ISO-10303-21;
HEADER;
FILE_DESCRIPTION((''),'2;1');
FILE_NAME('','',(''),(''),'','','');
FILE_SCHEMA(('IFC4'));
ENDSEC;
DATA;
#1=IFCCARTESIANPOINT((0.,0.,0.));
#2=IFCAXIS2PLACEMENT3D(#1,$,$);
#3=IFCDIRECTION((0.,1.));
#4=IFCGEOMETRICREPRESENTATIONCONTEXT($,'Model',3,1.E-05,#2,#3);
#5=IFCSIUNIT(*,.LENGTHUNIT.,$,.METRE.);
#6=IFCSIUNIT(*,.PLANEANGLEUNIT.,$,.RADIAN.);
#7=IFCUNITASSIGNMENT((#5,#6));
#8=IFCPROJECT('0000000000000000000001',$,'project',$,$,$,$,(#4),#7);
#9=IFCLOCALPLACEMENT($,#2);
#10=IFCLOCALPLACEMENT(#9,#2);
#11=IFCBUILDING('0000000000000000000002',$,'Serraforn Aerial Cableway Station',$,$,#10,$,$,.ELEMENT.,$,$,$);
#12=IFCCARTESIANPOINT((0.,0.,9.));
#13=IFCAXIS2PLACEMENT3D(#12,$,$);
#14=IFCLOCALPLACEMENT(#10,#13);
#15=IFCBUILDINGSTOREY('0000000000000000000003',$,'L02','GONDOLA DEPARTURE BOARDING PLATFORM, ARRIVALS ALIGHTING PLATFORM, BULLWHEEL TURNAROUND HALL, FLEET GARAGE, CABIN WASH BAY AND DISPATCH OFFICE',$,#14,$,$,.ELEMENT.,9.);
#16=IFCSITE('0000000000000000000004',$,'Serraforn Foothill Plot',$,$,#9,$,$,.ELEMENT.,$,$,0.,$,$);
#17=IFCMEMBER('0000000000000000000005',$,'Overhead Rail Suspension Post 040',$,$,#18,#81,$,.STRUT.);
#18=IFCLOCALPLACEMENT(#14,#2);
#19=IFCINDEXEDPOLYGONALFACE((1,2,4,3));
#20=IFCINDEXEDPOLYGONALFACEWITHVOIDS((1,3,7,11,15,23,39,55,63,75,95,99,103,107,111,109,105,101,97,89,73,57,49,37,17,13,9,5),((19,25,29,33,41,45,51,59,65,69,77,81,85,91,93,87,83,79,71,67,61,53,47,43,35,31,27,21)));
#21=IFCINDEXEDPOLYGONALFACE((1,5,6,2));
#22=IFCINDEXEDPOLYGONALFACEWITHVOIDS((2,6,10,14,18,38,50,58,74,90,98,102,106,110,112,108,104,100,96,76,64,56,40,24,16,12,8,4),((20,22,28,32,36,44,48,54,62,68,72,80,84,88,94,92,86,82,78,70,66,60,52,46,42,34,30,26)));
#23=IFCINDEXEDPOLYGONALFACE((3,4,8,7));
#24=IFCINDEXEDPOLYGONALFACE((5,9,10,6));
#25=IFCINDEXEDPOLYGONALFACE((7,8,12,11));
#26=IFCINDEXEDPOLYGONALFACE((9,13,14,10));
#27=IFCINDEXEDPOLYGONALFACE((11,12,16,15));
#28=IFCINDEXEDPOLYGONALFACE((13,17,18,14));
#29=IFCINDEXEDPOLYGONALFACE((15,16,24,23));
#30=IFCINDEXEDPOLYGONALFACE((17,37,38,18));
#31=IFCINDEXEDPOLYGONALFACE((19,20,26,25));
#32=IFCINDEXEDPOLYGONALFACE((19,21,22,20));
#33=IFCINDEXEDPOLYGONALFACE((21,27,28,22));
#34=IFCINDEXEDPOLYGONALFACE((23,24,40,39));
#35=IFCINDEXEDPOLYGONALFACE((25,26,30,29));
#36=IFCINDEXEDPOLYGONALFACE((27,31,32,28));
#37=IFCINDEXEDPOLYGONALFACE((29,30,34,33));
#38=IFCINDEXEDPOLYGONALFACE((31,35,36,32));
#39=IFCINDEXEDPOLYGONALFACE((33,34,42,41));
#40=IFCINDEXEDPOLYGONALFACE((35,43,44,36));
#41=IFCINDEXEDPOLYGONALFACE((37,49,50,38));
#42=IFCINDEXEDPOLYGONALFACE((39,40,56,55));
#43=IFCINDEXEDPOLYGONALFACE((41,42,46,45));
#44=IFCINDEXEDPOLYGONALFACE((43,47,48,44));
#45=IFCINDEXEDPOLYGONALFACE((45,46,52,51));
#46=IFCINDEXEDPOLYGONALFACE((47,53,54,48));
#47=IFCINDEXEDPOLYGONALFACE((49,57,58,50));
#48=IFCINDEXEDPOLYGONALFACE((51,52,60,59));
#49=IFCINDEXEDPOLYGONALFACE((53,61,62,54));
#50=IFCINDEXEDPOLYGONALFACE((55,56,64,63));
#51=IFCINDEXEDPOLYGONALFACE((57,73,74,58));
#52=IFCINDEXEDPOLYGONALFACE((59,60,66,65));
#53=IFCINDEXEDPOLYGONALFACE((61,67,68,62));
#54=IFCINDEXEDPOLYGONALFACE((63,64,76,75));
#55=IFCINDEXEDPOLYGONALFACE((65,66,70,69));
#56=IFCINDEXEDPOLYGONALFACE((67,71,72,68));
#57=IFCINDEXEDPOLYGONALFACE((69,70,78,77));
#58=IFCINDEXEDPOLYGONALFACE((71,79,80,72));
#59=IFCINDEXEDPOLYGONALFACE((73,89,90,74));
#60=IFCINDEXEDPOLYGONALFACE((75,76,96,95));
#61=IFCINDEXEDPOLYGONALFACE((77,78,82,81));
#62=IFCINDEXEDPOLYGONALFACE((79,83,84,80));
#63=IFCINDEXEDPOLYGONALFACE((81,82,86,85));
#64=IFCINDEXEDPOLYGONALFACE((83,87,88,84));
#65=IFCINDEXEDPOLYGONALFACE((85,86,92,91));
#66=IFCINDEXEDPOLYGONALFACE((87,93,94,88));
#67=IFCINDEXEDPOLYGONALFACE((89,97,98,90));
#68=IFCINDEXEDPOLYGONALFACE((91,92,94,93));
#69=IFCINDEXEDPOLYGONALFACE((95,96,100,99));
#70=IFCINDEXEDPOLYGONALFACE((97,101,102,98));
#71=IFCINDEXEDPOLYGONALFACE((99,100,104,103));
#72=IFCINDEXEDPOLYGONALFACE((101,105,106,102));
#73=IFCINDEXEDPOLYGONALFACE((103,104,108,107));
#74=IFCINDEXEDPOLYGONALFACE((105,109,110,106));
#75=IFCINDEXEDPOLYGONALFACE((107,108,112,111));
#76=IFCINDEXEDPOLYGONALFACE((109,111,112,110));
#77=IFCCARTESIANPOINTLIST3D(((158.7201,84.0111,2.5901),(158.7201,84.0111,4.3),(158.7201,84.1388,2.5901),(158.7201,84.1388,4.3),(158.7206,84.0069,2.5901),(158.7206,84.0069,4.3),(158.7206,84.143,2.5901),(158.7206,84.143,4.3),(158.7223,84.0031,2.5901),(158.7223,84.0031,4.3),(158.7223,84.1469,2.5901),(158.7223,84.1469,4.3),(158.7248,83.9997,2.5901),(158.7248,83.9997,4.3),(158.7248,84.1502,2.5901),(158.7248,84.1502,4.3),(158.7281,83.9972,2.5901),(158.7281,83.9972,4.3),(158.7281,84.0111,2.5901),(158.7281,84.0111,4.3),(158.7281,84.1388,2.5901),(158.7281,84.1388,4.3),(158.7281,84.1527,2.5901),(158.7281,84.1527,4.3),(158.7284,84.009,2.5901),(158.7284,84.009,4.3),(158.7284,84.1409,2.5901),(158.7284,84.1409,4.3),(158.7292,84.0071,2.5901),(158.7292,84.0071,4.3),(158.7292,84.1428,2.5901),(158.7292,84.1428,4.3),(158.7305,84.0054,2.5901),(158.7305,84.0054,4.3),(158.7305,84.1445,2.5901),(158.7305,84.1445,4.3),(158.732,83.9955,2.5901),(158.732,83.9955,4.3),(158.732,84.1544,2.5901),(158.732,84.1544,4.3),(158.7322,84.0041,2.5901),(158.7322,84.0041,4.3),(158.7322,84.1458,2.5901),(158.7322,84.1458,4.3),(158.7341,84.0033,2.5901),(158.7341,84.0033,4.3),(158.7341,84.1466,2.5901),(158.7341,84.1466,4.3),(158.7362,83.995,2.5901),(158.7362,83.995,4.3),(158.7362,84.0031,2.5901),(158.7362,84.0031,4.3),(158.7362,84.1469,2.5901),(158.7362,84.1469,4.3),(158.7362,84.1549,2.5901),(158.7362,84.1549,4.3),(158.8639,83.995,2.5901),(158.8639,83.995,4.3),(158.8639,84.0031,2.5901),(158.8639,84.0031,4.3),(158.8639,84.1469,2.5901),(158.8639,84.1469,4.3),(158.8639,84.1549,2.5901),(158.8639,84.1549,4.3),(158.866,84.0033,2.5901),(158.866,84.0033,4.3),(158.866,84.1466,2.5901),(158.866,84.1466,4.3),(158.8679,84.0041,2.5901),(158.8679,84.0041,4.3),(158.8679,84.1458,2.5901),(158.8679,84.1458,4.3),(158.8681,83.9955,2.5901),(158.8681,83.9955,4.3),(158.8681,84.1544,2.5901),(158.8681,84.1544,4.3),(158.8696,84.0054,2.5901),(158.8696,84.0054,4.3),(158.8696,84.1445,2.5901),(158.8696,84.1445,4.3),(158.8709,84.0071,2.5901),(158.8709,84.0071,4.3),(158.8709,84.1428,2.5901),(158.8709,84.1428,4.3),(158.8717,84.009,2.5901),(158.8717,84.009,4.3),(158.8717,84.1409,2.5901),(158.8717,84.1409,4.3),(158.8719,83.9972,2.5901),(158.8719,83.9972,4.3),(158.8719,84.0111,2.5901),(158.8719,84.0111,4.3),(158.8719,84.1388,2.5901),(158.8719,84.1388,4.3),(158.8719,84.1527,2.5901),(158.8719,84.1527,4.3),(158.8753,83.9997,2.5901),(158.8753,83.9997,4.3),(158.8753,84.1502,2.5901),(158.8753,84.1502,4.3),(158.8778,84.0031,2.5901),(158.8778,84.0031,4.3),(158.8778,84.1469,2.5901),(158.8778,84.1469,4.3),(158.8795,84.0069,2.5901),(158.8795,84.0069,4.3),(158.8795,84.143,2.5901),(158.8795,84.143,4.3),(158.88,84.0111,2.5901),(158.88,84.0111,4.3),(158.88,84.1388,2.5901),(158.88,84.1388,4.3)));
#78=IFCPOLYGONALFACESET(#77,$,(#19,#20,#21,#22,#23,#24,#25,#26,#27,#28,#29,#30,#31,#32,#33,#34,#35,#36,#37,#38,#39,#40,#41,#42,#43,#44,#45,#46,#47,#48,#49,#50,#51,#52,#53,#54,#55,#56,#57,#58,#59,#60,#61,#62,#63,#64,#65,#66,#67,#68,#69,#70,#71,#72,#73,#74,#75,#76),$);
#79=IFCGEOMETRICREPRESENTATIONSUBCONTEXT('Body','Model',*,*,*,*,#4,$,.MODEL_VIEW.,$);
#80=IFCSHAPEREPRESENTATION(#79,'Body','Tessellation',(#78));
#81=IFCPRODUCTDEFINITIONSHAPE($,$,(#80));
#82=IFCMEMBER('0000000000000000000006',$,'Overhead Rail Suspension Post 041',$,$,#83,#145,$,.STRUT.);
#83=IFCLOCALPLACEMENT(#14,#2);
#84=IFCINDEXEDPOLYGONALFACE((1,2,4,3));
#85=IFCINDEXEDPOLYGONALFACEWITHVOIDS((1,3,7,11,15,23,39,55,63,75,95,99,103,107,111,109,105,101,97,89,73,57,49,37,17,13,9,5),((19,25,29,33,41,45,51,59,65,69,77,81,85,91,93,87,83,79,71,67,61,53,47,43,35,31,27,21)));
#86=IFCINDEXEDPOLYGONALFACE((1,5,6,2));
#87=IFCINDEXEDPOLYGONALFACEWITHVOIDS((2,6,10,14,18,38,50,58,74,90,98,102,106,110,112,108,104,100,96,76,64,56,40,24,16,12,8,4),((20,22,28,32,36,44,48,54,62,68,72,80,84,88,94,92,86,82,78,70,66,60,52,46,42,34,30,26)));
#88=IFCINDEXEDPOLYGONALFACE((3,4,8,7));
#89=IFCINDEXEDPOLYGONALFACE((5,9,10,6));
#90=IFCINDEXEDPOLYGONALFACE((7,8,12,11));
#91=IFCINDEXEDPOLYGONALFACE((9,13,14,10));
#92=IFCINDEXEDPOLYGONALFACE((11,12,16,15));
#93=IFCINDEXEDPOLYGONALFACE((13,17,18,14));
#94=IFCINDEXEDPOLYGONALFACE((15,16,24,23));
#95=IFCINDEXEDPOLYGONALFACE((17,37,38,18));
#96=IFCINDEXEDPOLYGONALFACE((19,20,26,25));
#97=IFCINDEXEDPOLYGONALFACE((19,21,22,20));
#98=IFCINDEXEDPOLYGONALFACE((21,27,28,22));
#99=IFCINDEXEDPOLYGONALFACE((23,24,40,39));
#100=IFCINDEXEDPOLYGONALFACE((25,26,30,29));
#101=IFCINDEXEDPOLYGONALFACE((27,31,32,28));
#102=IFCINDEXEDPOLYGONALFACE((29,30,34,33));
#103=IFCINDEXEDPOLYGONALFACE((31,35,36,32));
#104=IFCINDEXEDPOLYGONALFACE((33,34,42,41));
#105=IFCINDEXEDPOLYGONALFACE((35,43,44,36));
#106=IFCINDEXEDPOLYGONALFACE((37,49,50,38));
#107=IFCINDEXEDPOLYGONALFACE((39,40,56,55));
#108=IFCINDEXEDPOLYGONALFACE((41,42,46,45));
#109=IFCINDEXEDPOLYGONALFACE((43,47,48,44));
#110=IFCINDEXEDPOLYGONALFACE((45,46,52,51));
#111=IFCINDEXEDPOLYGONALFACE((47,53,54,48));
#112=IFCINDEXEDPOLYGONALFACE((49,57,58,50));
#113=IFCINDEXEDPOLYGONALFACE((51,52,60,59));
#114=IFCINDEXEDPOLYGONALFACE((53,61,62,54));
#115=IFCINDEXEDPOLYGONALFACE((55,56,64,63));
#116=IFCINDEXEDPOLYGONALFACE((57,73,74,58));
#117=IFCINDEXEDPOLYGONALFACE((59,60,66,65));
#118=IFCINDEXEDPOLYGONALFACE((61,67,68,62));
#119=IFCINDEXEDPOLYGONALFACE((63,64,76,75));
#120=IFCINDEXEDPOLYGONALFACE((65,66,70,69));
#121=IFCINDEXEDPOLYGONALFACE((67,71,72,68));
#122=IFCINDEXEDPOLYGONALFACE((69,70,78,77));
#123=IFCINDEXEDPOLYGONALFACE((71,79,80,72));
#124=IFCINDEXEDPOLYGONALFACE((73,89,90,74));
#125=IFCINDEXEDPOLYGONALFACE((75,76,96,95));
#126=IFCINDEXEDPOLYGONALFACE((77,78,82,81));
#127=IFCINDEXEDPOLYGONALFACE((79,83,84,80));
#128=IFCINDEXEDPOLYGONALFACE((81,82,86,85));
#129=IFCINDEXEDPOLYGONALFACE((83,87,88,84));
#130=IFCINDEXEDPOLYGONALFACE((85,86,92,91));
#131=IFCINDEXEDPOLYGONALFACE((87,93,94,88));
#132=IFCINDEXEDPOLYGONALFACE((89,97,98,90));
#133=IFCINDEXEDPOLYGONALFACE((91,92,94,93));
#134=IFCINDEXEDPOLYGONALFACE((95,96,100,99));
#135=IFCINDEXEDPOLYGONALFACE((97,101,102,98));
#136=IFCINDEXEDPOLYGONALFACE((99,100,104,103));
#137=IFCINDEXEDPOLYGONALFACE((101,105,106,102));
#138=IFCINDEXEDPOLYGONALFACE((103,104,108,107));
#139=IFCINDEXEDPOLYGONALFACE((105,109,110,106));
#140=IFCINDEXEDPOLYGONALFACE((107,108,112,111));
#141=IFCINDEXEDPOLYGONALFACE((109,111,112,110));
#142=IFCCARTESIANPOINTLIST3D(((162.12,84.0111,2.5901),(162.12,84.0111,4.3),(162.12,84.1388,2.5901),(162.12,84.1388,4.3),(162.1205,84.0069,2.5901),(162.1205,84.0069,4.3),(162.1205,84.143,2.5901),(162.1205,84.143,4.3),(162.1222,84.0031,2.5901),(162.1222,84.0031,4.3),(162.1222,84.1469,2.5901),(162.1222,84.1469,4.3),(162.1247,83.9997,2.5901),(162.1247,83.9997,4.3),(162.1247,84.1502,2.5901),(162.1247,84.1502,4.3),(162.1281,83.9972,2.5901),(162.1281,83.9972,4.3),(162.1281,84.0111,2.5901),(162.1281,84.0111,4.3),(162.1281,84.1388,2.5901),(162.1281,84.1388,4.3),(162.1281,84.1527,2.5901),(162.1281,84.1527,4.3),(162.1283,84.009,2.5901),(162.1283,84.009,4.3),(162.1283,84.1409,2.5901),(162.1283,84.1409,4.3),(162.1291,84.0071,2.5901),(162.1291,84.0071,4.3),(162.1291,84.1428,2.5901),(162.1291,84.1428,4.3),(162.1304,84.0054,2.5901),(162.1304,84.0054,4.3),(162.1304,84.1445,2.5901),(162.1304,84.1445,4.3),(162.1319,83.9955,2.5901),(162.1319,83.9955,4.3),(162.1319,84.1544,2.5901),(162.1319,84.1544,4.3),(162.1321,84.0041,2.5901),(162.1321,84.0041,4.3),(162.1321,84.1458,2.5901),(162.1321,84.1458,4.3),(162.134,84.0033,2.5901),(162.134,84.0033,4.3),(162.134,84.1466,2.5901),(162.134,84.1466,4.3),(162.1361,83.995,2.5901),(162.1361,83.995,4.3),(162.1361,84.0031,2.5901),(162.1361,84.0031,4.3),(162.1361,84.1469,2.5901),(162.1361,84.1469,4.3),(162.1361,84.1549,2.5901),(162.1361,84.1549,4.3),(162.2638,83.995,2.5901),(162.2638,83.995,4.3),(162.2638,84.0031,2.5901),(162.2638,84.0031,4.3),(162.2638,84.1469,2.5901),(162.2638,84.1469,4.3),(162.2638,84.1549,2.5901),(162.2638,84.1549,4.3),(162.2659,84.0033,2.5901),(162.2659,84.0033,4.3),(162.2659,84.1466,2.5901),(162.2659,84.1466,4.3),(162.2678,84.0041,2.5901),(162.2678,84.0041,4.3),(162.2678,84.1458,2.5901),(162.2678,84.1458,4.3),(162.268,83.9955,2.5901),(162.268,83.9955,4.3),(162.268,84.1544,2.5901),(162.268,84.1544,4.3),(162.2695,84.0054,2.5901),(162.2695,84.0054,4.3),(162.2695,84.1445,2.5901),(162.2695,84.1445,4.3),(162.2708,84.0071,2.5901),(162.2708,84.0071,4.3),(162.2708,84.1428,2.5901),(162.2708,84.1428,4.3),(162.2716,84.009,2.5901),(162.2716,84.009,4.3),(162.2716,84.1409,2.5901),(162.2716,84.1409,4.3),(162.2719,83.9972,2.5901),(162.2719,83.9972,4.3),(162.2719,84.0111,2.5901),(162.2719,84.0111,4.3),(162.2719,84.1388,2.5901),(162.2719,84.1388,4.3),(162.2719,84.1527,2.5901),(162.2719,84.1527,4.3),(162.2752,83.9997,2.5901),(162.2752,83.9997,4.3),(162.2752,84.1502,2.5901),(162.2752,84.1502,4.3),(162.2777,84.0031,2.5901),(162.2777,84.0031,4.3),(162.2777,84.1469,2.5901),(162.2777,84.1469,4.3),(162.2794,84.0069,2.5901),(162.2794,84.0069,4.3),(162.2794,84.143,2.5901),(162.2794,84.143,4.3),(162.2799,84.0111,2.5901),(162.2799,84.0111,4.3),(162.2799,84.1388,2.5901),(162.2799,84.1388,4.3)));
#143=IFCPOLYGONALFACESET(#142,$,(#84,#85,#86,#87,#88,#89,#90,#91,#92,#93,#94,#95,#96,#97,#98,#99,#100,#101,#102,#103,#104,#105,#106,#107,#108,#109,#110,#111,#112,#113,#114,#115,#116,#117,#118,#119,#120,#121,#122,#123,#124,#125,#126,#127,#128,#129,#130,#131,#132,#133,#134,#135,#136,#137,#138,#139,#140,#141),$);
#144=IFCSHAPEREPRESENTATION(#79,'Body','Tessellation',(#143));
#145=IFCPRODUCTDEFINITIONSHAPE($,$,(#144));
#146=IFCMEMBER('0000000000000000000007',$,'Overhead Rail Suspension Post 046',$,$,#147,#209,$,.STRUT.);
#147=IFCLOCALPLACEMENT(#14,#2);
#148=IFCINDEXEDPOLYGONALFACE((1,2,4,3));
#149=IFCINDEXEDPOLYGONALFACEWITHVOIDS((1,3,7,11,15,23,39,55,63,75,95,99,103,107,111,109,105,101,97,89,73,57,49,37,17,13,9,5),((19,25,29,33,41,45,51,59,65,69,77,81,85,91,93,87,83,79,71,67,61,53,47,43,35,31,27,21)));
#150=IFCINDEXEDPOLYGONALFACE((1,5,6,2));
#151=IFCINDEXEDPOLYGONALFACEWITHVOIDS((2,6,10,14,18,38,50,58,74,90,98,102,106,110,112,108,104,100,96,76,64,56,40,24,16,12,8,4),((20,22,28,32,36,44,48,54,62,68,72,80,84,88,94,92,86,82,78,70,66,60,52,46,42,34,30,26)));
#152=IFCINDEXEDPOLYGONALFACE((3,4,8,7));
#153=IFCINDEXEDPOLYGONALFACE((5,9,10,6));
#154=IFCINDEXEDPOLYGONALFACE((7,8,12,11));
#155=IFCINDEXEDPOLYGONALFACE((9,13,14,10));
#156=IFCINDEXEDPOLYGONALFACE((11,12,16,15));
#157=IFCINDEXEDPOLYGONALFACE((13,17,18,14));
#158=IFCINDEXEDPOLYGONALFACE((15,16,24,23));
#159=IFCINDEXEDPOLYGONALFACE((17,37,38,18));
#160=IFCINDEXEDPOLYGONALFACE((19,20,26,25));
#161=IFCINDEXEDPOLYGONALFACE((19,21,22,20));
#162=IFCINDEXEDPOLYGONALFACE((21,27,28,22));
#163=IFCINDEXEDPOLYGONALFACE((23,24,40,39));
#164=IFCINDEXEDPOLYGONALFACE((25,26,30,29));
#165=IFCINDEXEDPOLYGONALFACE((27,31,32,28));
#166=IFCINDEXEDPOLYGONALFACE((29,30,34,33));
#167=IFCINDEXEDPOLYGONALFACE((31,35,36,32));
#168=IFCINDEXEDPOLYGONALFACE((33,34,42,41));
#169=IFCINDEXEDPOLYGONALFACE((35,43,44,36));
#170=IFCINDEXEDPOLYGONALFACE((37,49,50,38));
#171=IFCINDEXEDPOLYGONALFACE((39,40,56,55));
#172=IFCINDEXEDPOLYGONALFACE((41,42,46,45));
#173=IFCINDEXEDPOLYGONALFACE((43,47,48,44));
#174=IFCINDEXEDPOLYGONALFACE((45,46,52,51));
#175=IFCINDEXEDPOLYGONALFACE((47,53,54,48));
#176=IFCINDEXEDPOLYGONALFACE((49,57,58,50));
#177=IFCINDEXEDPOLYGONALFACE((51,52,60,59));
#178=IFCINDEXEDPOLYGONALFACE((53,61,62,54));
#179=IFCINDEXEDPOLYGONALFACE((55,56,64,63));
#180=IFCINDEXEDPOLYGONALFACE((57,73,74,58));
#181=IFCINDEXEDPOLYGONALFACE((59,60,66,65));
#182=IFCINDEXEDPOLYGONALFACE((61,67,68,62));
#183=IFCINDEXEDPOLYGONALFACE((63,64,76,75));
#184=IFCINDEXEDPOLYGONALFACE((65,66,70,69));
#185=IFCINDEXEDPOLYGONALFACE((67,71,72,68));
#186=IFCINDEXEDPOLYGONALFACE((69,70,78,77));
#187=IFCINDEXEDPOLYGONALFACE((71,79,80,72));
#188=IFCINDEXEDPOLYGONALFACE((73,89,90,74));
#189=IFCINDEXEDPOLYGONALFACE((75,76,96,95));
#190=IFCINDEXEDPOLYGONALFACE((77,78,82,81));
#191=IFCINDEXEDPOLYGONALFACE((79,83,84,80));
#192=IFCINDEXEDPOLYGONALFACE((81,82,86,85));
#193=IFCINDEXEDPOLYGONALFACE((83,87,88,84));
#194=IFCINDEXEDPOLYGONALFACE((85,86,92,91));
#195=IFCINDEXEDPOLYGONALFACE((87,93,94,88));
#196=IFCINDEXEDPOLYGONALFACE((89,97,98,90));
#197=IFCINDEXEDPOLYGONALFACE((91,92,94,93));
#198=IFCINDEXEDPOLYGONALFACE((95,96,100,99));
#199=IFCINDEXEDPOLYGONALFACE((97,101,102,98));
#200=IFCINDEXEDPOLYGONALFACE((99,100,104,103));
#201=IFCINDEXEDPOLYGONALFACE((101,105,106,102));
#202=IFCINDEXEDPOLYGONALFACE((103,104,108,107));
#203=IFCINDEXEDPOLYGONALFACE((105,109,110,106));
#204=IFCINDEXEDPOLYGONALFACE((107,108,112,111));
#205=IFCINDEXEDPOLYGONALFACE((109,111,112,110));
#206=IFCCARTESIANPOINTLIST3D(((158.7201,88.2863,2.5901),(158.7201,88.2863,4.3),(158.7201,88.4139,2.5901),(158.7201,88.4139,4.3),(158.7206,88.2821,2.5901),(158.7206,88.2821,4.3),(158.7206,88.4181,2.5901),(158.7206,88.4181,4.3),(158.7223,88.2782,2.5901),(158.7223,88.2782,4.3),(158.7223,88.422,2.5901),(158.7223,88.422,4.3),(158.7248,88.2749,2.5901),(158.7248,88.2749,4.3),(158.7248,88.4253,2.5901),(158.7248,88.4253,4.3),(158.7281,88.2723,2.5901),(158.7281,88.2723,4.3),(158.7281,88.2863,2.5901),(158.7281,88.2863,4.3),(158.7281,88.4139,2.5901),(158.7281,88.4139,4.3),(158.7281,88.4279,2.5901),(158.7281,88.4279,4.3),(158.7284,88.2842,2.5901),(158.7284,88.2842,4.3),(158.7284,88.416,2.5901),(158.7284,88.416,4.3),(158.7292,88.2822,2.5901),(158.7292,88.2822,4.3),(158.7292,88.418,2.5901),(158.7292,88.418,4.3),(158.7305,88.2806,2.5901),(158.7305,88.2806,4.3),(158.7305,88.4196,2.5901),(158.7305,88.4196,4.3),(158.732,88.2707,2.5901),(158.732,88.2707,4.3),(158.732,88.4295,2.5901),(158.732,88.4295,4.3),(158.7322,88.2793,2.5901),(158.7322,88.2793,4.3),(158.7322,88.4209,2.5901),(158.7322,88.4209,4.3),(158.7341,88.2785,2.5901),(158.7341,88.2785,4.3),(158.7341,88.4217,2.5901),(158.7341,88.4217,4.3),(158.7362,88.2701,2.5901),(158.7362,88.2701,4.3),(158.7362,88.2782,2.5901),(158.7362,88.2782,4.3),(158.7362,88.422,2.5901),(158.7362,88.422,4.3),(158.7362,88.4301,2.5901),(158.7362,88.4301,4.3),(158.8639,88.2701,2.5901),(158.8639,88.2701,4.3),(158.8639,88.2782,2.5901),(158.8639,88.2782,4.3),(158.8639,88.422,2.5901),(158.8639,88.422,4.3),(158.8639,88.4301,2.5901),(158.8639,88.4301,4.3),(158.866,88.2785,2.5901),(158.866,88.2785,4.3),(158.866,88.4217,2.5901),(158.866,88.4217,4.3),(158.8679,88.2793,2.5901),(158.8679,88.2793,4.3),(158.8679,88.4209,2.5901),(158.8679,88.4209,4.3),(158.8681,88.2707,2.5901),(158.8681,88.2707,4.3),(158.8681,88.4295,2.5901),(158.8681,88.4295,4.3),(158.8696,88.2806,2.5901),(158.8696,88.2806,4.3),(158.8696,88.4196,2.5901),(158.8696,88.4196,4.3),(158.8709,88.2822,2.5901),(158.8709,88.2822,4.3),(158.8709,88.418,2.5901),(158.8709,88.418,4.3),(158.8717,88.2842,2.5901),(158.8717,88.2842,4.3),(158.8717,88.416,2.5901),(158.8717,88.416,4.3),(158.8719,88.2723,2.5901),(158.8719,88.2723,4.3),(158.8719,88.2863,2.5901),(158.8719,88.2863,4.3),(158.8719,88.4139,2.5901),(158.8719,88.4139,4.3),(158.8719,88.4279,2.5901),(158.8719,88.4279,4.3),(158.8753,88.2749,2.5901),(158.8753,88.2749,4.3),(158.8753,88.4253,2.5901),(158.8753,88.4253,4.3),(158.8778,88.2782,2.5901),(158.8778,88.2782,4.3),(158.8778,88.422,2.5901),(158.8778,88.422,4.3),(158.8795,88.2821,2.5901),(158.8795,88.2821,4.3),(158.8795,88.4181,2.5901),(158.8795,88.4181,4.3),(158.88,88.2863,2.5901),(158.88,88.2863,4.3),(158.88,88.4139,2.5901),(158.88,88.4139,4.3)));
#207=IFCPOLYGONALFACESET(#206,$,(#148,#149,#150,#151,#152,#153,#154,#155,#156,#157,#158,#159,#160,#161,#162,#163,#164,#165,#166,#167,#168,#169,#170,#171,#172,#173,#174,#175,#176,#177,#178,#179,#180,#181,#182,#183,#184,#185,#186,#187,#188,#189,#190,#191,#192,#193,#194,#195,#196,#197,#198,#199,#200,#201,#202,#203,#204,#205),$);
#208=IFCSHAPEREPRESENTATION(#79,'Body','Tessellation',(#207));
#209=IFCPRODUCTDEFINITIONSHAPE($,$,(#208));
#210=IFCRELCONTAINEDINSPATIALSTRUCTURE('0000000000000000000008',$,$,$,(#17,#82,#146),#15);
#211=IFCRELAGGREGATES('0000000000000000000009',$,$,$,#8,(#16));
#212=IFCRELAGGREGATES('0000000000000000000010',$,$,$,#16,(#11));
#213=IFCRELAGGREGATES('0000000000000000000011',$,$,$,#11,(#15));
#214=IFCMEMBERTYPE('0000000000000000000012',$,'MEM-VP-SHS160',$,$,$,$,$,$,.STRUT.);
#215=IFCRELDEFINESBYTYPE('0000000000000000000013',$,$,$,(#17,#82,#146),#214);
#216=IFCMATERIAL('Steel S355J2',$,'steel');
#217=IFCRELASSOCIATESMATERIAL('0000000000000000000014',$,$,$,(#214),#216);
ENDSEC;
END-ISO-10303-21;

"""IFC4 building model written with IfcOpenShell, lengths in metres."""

from ifc_helpers import new_model, si_unit, direction, frame, origin, origin_2d, place, context, subcontext, project, spatial, hollow_rectangle, extrude, material, material_profile, profile_set, type_object, element, save


model = new_model("IFC4")

# Units and contexts
model_context = context("Model", 3, precision=1e-05, world=origin(), true_north=direction((0.0, 1.0)))
body_context = subcontext(model_context, "Body", "Model", "MODEL_VIEW")
ifc_project = project(units=[si_unit("LENGTHUNIT", "METRE"), si_unit("PLANEANGLEUNIT", "RADIAN")], contexts=[model_context])

# Site, building, storey
site_placement = place(None, origin())
site = spatial("IfcSite", under=ifc_project, at=site_placement, Name="Serraforn Foothill Plot", CompositionType="ELEMENT", RefElevation=0.0)
building_placement = place(site_placement, origin())
building = spatial("IfcBuilding", under=site, at=building_placement, Name="Serraforn Aerial Cableway Station", CompositionType="ELEMENT")
storey_placement = place(building_placement, frame((0.0, 0.0, 9.0)))
storey = spatial("IfcBuildingStorey", under=building, at=storey_placement, Name="L02", Description="GONDOLA DEPARTURE BOARDING PLATFORM, ARRIVALS ALIGHTING PLATFORM, BULLWHEEL TURNAROUND HALL, FLEET GARAGE, CABIN WASH BAY AND DISPATCH OFFICE", CompositionType="ELEMENT", Elevation=9.0)

# Members
ifc_material_1 = material(Name="Steel S355J2", Category="steel")
ifc_material_profile_1 = material_profile(ifc_material_1, hollow_rectangle(XDim=0.1599, YDim=0.1599, WallThickness=0.0081, InnerFilletRadius=0.0081, OuterFilletRadius=0.0161, at=origin_2d()), Name="SHS 160x160x8.0")
ifc_profile_set_1 = profile_set([ifc_material_profile_1], Name="Steel S355J2")
member_type_1 = type_object("IfcMemberType", Name="MEM-VP-SHS160", PredefinedType="STRUT", material=ifc_profile_set_1)
for number, where, z_axis, x_axis, name in (
    (1, (158.8, 84.075, 2.5901), (0.0, 0.0, 1.0), (1.0, 0.0, 0.0), "Overhead Rail Suspension Post 040"),
    (2, (162.2, 84.075, 2.5901), (0.0, 0.0, 1.0), (1.0, 0.0, 0.0), "Overhead Rail Suspension Post 041"),
    (3, (158.8, 88.3501, 2.5901), (0.0, 0.0, 1.0), (1.0, 0.0, 0.0), "Overhead Rail Suspension Post 046"),
):
    element("IfcMember", number, at=place(storey_placement, frame(where, z_axis=z_axis, x_axis=x_axis)), inside=storey, type_object=member_type_1, Name=name, PredefinedType="STRUT", context=body_context, shape_type="SweptSolid", body=[
        extrude(hollow_rectangle(XDim=0.1599, YDim=0.1599, WallThickness=0.0081, InnerFilletRadius=0.0081, OuterFilletRadius=0.0161, at=origin_2d()), origin(), (0.0, 0.0, 1.0), 1.71),
    ])

save(model, "model.ifc")
